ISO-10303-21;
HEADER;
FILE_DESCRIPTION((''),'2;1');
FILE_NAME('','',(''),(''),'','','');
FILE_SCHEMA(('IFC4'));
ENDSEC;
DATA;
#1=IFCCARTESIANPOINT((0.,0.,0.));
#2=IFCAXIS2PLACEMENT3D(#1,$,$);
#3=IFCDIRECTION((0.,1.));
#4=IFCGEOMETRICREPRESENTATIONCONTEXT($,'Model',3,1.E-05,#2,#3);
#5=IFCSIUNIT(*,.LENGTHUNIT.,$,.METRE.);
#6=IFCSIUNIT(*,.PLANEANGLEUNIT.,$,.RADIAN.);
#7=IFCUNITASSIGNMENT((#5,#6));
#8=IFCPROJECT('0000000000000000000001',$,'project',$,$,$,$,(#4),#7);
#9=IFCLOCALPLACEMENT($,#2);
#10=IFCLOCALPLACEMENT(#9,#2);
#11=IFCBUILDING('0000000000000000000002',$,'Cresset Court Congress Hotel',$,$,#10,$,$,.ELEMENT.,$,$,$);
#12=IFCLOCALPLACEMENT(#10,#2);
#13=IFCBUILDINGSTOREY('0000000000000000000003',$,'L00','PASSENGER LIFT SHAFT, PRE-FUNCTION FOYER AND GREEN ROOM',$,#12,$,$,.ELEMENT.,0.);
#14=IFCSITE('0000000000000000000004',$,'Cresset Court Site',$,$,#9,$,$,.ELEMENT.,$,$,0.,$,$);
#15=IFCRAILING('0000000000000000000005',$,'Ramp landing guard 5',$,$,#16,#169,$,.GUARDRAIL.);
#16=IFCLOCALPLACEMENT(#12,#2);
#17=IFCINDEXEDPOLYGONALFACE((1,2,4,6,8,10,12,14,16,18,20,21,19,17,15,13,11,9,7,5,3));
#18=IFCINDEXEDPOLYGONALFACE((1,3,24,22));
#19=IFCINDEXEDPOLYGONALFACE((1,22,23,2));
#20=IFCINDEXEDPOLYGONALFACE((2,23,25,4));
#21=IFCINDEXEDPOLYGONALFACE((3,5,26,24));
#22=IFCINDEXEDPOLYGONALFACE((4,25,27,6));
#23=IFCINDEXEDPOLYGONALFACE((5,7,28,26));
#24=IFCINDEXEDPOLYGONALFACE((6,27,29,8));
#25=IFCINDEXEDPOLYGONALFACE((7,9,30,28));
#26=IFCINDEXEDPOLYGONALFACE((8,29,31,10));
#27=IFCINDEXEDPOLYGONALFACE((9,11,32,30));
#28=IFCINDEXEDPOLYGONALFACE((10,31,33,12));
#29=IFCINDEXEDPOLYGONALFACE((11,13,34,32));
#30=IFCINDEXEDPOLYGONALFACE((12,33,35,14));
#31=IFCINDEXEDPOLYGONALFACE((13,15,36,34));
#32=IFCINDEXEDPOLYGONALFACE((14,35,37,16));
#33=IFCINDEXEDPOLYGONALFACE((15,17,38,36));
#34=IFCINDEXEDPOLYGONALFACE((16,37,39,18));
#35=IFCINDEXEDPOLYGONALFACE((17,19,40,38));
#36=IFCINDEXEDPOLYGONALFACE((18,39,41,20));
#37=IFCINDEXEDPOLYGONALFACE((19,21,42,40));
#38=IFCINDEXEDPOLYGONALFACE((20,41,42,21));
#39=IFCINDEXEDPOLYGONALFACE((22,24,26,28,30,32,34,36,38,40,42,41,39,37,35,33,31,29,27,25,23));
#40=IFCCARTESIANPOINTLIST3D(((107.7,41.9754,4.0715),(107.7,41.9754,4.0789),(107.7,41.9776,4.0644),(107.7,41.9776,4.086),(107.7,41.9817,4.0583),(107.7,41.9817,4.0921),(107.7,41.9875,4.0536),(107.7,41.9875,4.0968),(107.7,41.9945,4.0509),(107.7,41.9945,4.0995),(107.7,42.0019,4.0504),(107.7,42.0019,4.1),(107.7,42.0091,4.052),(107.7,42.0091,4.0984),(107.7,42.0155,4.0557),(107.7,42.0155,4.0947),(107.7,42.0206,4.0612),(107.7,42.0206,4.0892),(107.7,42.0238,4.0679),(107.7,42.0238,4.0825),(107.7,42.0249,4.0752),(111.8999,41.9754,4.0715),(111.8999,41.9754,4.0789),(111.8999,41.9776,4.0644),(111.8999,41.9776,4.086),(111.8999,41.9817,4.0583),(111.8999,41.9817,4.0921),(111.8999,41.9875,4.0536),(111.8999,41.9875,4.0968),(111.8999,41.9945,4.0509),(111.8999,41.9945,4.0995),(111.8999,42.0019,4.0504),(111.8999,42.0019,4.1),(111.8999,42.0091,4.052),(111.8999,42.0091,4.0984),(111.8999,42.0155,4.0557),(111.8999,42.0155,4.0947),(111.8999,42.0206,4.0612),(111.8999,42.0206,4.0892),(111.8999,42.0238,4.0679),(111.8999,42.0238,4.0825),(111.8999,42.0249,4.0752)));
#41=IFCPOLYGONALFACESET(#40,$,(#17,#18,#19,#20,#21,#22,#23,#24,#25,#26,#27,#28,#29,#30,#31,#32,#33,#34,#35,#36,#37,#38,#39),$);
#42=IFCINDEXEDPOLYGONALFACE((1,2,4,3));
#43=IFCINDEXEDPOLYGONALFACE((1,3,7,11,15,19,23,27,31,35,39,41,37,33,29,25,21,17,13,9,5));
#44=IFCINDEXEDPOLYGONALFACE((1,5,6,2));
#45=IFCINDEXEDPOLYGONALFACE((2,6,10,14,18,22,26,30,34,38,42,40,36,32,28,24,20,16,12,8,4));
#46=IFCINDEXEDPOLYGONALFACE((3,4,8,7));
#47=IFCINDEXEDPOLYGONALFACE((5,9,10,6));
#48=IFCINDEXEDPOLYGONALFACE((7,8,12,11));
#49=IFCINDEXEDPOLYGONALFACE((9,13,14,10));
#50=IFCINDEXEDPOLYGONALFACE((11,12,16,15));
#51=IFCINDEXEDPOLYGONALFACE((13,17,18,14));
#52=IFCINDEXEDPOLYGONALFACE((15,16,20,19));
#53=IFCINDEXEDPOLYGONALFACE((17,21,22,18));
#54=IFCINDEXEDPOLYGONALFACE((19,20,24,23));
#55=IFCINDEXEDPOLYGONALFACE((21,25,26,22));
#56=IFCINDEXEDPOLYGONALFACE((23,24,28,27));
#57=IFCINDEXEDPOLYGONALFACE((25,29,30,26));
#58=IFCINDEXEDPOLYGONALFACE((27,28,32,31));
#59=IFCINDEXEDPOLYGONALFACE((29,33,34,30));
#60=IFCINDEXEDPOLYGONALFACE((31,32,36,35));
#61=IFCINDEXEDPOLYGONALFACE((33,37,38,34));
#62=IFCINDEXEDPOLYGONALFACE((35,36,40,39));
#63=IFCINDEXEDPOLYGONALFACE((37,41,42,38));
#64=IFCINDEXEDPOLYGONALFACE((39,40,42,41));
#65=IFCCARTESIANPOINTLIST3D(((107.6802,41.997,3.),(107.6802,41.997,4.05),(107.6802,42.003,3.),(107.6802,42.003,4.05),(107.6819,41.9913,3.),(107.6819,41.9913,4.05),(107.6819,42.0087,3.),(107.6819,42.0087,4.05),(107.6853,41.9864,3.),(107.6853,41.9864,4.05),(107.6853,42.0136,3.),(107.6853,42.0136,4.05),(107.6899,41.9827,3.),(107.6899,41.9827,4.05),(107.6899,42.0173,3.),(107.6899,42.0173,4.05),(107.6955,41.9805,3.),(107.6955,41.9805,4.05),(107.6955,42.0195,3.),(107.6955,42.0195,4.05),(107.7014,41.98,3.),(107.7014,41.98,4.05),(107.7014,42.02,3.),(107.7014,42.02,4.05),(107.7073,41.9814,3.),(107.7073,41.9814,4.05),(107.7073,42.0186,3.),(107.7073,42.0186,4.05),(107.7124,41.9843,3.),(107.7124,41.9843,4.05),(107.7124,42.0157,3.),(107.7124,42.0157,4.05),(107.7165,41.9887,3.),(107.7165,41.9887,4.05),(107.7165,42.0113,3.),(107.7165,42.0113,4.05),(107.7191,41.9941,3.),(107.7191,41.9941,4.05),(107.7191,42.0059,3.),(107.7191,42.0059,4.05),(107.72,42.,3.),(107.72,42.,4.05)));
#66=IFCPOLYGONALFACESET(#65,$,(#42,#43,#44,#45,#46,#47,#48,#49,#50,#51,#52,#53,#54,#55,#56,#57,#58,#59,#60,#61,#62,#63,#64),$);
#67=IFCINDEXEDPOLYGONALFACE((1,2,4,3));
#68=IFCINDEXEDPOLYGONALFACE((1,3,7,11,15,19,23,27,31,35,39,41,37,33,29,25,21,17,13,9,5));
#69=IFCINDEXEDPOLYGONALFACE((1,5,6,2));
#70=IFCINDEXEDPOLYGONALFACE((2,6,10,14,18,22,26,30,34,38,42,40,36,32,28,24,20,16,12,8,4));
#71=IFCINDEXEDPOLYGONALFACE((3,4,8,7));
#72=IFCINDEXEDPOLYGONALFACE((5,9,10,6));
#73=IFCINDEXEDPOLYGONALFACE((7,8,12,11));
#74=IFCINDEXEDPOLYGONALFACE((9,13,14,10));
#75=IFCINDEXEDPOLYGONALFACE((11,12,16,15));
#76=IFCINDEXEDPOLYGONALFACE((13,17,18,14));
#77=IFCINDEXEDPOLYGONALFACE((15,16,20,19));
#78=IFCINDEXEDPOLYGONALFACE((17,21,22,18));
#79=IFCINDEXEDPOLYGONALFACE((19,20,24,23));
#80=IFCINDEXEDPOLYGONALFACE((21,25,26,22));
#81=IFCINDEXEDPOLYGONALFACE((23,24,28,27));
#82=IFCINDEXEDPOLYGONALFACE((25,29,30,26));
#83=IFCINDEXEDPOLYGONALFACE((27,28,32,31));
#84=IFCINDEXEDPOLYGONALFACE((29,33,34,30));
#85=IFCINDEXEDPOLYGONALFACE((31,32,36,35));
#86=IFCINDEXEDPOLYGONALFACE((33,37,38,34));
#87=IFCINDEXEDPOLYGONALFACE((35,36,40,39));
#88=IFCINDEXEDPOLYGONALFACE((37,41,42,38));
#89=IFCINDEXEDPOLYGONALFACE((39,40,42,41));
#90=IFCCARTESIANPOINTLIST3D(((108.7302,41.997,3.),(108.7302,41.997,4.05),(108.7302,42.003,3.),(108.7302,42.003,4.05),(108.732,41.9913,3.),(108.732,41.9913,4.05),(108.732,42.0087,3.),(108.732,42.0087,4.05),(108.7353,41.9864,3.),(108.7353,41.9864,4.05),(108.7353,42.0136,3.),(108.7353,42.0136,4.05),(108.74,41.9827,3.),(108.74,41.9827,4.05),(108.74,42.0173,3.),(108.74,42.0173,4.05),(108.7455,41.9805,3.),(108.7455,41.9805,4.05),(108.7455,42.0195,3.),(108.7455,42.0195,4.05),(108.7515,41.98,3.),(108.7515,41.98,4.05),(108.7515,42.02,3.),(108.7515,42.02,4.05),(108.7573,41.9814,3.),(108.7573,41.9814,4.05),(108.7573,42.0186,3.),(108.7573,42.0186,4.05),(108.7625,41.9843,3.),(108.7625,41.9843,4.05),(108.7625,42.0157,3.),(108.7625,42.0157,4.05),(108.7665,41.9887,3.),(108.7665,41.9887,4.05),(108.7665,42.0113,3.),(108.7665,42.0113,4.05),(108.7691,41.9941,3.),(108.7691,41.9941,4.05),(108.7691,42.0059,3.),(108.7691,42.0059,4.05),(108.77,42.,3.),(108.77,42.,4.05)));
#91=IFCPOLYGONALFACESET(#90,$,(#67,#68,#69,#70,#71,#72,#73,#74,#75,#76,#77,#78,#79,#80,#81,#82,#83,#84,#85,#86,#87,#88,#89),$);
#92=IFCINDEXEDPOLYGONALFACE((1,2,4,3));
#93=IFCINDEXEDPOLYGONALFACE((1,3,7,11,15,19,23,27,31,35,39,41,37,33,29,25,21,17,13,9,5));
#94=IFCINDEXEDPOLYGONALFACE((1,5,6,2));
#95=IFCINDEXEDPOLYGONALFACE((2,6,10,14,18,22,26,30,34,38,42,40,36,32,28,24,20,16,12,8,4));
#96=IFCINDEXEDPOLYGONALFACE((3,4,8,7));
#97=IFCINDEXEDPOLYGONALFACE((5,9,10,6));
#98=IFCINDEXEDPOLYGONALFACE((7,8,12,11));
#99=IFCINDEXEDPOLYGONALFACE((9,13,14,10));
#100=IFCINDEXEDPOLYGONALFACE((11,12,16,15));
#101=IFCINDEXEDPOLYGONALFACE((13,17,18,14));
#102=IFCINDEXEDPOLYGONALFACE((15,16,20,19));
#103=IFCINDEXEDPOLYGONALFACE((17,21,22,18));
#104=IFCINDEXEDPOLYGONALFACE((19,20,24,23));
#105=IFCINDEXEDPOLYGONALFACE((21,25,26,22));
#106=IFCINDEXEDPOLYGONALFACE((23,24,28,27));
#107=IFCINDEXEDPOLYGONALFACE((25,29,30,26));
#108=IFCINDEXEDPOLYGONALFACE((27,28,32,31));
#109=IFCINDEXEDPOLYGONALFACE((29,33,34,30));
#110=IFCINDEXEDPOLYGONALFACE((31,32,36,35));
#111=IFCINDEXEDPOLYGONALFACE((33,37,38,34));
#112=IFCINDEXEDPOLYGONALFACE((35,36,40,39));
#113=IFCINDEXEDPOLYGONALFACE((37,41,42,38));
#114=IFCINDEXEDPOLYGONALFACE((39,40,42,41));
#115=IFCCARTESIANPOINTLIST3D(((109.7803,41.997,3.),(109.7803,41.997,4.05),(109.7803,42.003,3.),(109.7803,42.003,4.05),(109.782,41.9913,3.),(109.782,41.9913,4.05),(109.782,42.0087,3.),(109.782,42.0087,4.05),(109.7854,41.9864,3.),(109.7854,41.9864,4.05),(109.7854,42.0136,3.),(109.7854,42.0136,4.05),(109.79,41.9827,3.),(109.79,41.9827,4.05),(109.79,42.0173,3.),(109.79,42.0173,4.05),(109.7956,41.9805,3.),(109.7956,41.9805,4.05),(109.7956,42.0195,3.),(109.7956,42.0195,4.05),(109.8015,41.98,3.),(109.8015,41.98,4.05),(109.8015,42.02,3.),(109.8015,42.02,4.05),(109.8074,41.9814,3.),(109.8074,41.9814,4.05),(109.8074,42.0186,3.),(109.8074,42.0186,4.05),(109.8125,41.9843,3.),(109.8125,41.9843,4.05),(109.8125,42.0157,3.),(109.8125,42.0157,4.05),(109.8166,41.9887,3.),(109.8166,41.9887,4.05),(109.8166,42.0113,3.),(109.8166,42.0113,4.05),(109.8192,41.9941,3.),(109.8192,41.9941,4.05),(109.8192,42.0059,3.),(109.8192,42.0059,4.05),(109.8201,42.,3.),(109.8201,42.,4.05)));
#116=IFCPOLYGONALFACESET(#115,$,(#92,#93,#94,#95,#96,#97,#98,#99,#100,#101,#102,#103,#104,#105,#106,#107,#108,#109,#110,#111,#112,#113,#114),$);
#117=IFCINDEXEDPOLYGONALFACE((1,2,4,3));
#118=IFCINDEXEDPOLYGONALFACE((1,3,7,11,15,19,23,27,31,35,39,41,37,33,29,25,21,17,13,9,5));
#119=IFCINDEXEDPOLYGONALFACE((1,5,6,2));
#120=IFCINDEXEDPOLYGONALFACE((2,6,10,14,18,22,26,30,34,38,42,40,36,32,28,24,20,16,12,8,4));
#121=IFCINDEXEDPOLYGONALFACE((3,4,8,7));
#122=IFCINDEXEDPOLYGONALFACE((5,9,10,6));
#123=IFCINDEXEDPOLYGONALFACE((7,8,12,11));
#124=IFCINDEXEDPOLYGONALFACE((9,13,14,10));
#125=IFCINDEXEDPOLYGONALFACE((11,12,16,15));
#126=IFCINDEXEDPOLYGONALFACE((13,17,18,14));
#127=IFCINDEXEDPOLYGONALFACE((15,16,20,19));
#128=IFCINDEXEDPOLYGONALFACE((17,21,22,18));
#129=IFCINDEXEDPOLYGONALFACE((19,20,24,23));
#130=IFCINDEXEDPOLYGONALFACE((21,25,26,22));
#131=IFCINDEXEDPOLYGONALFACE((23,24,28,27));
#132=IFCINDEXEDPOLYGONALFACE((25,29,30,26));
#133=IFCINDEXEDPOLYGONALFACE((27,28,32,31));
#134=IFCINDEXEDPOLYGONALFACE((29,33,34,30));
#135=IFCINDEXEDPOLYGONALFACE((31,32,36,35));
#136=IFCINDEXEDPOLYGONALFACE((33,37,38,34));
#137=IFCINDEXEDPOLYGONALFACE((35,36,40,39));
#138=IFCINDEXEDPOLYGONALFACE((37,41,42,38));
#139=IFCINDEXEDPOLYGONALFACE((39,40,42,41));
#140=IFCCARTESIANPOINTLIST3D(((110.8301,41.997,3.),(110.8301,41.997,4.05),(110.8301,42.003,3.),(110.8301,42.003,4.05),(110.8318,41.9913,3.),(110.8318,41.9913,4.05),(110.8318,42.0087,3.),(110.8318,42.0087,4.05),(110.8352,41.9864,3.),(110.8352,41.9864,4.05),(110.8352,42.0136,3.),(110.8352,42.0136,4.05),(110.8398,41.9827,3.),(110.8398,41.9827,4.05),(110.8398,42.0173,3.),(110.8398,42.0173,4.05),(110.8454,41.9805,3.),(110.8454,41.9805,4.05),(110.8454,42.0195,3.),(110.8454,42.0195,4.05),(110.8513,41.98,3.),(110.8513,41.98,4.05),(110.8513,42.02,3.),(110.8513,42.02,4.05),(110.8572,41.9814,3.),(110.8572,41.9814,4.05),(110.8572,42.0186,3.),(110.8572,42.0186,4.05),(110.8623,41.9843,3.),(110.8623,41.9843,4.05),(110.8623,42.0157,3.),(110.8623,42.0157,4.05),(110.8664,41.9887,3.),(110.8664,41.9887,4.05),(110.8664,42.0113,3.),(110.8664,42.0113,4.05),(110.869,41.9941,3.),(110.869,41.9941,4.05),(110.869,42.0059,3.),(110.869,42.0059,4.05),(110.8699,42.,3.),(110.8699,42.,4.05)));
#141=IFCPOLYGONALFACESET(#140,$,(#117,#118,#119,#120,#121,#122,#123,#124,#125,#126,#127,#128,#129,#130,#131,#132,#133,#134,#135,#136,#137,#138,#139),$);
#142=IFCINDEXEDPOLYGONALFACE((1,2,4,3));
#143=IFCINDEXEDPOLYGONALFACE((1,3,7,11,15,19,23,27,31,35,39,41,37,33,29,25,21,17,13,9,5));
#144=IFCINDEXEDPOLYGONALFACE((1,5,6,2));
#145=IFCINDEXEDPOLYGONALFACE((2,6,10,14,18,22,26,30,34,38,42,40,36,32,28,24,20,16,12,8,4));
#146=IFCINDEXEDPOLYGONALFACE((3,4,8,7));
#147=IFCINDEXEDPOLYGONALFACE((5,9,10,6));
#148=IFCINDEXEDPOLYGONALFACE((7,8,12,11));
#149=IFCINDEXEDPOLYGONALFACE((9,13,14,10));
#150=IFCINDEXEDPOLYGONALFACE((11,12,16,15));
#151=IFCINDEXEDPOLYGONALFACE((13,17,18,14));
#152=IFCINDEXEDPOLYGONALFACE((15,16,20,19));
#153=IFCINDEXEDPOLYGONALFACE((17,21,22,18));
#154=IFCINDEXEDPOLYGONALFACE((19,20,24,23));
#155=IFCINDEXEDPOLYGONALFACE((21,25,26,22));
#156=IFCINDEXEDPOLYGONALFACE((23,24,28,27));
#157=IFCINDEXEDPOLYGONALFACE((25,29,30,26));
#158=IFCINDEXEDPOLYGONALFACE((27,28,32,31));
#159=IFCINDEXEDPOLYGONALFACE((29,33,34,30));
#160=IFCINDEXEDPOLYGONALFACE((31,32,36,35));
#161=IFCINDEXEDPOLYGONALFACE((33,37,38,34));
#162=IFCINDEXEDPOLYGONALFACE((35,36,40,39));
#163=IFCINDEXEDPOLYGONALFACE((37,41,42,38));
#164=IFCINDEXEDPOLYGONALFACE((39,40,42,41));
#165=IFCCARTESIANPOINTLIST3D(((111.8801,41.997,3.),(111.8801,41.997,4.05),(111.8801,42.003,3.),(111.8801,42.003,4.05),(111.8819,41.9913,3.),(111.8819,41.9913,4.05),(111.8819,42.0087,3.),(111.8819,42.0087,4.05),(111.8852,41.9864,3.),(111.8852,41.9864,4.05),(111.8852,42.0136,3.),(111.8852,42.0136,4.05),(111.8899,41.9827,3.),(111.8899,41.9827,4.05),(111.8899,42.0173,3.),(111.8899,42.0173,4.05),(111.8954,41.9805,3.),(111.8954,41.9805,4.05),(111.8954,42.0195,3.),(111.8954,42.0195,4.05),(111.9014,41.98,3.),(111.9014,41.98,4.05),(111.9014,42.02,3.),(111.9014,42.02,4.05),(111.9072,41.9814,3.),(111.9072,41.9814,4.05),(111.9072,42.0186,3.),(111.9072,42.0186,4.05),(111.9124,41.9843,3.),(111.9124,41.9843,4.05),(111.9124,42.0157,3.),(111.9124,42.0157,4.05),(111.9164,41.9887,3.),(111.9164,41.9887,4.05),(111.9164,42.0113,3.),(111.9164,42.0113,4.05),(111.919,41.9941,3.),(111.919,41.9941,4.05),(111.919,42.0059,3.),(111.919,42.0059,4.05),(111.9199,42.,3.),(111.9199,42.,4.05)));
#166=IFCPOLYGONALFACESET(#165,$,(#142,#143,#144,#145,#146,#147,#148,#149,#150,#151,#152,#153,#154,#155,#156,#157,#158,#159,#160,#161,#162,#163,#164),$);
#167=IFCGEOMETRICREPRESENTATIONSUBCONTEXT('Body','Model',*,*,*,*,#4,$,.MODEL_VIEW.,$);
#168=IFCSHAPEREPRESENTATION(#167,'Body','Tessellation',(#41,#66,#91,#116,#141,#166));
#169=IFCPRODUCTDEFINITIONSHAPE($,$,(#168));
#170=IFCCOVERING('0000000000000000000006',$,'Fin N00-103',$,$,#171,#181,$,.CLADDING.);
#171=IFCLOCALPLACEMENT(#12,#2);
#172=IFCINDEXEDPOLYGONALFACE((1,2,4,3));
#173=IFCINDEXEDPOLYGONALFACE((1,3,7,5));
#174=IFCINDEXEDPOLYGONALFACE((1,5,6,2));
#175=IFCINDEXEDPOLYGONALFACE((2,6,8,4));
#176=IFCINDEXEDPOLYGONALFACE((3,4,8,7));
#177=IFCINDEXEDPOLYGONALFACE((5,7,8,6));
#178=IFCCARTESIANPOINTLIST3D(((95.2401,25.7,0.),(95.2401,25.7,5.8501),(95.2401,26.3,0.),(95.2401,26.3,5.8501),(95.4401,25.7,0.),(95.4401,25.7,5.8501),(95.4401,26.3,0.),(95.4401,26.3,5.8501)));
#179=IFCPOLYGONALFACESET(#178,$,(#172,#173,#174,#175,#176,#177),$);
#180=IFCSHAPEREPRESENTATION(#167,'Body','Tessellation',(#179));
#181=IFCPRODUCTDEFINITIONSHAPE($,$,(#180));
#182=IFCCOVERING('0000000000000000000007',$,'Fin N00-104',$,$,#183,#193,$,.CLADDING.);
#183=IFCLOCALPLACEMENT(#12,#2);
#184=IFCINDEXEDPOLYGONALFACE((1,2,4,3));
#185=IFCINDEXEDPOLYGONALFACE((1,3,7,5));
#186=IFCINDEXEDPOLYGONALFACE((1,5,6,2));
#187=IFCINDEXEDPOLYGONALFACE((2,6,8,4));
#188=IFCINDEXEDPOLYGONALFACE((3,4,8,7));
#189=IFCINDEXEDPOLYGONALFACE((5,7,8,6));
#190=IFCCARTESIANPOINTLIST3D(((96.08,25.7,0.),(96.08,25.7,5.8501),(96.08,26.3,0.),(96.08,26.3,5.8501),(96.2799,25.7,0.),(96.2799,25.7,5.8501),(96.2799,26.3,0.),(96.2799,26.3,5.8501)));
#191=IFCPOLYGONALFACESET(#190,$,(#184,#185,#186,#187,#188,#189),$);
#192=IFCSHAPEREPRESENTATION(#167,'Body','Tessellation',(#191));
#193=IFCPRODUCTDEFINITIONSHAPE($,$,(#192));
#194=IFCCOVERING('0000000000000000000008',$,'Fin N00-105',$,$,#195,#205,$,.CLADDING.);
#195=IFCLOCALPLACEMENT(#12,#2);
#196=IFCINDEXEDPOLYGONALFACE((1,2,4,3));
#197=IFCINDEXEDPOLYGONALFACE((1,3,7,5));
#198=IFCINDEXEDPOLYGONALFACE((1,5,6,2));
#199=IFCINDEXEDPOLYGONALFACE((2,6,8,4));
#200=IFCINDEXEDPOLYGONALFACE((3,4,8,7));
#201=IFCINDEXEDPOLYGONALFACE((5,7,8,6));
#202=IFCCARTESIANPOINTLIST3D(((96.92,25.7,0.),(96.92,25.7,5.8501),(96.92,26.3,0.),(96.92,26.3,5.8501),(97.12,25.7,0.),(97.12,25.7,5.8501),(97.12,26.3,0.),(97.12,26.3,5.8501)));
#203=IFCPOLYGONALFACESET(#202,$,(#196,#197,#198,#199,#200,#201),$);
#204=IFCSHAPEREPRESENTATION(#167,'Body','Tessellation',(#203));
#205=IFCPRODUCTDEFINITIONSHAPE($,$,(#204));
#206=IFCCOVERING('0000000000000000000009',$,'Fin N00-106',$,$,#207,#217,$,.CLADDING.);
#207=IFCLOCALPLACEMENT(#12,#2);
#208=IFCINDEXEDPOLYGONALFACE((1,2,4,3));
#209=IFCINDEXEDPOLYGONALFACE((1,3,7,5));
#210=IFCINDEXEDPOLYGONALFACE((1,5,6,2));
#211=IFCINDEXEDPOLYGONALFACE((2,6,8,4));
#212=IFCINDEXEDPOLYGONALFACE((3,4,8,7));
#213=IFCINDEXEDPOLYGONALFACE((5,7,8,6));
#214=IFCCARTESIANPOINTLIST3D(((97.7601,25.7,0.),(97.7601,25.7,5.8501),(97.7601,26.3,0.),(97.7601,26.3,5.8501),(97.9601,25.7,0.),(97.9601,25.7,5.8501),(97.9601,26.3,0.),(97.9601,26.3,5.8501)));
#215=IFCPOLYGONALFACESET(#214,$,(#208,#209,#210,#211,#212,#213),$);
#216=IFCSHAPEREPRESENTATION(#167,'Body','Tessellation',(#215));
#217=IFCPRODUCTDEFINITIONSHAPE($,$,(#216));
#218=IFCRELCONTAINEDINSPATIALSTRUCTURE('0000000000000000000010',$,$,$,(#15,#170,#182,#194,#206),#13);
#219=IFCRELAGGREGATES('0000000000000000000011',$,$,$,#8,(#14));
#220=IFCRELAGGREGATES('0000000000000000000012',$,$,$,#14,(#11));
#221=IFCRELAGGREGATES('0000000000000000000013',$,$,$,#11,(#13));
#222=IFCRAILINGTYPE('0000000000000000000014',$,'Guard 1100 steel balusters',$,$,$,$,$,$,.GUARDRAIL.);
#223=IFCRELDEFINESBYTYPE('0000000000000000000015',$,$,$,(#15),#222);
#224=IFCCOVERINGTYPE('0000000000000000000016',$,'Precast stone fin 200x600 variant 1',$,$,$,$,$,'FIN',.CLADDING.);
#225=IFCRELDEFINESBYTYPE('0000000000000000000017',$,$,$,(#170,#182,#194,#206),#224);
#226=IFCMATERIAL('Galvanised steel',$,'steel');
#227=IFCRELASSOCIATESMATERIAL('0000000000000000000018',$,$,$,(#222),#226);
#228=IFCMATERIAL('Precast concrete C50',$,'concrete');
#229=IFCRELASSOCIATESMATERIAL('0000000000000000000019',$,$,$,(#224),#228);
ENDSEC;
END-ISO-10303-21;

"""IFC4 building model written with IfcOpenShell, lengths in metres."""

from ifc_helpers import new_model, si_unit, direction, frame, origin, origin_2d, place, context, subcontext, project, spatial, rectangle, circle, extrude, material, type_object, element, save


model = new_model("IFC4")

# Units and contexts
model_context = context("Model", 3, precision=1e-05, world=origin(), true_north=direction((0.0, 1.0)))
body_context = subcontext(model_context, "Body", "Model", "MODEL_VIEW")
ifc_project = project(units=[si_unit("LENGTHUNIT", "METRE"), si_unit("PLANEANGLEUNIT", "RADIAN")], contexts=[model_context])

# Site, building, storey
site_placement = place(None, origin())
site = spatial("IfcSite", under=ifc_project, at=site_placement, Name="Cresset Court Site", CompositionType="ELEMENT", RefElevation=0.0)
building_placement = place(site_placement, origin())
building = spatial("IfcBuilding", under=site, at=building_placement, Name="Cresset Court Congress Hotel", CompositionType="ELEMENT")
storey_placement = place(building_placement, origin())
storey = spatial("IfcBuildingStorey", under=building, at=storey_placement, Name="L00", Description="PASSENGER LIFT SHAFT, PRE-FUNCTION FOYER AND GREEN ROOM", CompositionType="ELEMENT", Elevation=0.0)

# Railing
ifc_material_1 = material(Name="Galvanised steel", Category="steel")
railing_type = type_object("IfcRailingType", Name="Guard 1100 steel balusters", PredefinedType="GUARDRAIL", material=ifc_material_1)
railing_1_placement = place(storey_placement, frame((107.7, 42.0, 3.0)))
element("IfcRailing", 1, at=railing_1_placement, inside=storey, type_object=railing_type, Name="Ramp landing guard 5", PredefinedType="GUARDRAIL", context=body_context, shape_type="SweptSolid", body=[
    extrude(circle(Radius=0.0249, at=origin_2d()), frame((0.0, 0.0, 1.0752), z_axis=(1.0, 0.0, 0.0), x_axis=(0.0, 1.0, 0.0)), (0.0, 0.0, 1.0), 4.2),
    extrude(circle(Radius=0.02, at=origin_2d()), origin(), (0.0, 0.0, 1.0), 1.05),
    extrude(circle(Radius=0.02, at=origin_2d()), frame((1.05, 0.0, 0.0)), (0.0, 0.0, 1.0), 1.05),
    extrude(circle(Radius=0.02, at=origin_2d()), frame((2.1001, 0.0, 0.0)), (0.0, 0.0, 1.0), 1.05),
    extrude(circle(Radius=0.02, at=origin_2d()), frame((3.1499, 0.0, 0.0)), (0.0, 0.0, 1.0), 1.05),
    extrude(circle(Radius=0.02, at=origin_2d()), frame((4.2, 0.0, 0.0)), (0.0, 0.0, 1.0), 1.05),
])

# Coverings
ifc_material_2 = material(Name="Precast concrete C50", Category="concrete")
covering_type = type_object("IfcCoveringType", Name="Precast stone fin 200x600 variant 1", ElementType="FIN", PredefinedType="CLADDING", material=ifc_material_2)
for number, where, z_axis, x_axis, name in (
    (2, (95.3401, 26.0, 0.0), (0.0, 0.0, 1.0), (1.0, 0.0, 0.0), "Fin N00-103"),
    (3, (96.1799, 26.0, 0.0), (0.0, 0.0, 1.0), (1.0, 0.0, 0.0), "Fin N00-104"),
    (4, (97.02, 26.0, 0.0), (0.0, 0.0, 1.0), (1.0, 0.0, 0.0), "Fin N00-105"),
    (5, (97.8601, 26.0, 0.0), (0.0, 0.0, 1.0), (1.0, 0.0, 0.0), "Fin N00-106"),
):
    element("IfcCovering", number, at=place(storey_placement, frame(where, z_axis=z_axis, x_axis=x_axis)), inside=storey, type_object=covering_type, Name=name, PredefinedType="CLADDING", context=body_context, shape_type="SweptSolid", body=[
        extrude(rectangle(XDim=0.2, YDim=0.6001, at=origin_2d()), origin(), (0.0, 0.0, 1.0), 5.8501),
    ])

save(model, "model.ifc")
